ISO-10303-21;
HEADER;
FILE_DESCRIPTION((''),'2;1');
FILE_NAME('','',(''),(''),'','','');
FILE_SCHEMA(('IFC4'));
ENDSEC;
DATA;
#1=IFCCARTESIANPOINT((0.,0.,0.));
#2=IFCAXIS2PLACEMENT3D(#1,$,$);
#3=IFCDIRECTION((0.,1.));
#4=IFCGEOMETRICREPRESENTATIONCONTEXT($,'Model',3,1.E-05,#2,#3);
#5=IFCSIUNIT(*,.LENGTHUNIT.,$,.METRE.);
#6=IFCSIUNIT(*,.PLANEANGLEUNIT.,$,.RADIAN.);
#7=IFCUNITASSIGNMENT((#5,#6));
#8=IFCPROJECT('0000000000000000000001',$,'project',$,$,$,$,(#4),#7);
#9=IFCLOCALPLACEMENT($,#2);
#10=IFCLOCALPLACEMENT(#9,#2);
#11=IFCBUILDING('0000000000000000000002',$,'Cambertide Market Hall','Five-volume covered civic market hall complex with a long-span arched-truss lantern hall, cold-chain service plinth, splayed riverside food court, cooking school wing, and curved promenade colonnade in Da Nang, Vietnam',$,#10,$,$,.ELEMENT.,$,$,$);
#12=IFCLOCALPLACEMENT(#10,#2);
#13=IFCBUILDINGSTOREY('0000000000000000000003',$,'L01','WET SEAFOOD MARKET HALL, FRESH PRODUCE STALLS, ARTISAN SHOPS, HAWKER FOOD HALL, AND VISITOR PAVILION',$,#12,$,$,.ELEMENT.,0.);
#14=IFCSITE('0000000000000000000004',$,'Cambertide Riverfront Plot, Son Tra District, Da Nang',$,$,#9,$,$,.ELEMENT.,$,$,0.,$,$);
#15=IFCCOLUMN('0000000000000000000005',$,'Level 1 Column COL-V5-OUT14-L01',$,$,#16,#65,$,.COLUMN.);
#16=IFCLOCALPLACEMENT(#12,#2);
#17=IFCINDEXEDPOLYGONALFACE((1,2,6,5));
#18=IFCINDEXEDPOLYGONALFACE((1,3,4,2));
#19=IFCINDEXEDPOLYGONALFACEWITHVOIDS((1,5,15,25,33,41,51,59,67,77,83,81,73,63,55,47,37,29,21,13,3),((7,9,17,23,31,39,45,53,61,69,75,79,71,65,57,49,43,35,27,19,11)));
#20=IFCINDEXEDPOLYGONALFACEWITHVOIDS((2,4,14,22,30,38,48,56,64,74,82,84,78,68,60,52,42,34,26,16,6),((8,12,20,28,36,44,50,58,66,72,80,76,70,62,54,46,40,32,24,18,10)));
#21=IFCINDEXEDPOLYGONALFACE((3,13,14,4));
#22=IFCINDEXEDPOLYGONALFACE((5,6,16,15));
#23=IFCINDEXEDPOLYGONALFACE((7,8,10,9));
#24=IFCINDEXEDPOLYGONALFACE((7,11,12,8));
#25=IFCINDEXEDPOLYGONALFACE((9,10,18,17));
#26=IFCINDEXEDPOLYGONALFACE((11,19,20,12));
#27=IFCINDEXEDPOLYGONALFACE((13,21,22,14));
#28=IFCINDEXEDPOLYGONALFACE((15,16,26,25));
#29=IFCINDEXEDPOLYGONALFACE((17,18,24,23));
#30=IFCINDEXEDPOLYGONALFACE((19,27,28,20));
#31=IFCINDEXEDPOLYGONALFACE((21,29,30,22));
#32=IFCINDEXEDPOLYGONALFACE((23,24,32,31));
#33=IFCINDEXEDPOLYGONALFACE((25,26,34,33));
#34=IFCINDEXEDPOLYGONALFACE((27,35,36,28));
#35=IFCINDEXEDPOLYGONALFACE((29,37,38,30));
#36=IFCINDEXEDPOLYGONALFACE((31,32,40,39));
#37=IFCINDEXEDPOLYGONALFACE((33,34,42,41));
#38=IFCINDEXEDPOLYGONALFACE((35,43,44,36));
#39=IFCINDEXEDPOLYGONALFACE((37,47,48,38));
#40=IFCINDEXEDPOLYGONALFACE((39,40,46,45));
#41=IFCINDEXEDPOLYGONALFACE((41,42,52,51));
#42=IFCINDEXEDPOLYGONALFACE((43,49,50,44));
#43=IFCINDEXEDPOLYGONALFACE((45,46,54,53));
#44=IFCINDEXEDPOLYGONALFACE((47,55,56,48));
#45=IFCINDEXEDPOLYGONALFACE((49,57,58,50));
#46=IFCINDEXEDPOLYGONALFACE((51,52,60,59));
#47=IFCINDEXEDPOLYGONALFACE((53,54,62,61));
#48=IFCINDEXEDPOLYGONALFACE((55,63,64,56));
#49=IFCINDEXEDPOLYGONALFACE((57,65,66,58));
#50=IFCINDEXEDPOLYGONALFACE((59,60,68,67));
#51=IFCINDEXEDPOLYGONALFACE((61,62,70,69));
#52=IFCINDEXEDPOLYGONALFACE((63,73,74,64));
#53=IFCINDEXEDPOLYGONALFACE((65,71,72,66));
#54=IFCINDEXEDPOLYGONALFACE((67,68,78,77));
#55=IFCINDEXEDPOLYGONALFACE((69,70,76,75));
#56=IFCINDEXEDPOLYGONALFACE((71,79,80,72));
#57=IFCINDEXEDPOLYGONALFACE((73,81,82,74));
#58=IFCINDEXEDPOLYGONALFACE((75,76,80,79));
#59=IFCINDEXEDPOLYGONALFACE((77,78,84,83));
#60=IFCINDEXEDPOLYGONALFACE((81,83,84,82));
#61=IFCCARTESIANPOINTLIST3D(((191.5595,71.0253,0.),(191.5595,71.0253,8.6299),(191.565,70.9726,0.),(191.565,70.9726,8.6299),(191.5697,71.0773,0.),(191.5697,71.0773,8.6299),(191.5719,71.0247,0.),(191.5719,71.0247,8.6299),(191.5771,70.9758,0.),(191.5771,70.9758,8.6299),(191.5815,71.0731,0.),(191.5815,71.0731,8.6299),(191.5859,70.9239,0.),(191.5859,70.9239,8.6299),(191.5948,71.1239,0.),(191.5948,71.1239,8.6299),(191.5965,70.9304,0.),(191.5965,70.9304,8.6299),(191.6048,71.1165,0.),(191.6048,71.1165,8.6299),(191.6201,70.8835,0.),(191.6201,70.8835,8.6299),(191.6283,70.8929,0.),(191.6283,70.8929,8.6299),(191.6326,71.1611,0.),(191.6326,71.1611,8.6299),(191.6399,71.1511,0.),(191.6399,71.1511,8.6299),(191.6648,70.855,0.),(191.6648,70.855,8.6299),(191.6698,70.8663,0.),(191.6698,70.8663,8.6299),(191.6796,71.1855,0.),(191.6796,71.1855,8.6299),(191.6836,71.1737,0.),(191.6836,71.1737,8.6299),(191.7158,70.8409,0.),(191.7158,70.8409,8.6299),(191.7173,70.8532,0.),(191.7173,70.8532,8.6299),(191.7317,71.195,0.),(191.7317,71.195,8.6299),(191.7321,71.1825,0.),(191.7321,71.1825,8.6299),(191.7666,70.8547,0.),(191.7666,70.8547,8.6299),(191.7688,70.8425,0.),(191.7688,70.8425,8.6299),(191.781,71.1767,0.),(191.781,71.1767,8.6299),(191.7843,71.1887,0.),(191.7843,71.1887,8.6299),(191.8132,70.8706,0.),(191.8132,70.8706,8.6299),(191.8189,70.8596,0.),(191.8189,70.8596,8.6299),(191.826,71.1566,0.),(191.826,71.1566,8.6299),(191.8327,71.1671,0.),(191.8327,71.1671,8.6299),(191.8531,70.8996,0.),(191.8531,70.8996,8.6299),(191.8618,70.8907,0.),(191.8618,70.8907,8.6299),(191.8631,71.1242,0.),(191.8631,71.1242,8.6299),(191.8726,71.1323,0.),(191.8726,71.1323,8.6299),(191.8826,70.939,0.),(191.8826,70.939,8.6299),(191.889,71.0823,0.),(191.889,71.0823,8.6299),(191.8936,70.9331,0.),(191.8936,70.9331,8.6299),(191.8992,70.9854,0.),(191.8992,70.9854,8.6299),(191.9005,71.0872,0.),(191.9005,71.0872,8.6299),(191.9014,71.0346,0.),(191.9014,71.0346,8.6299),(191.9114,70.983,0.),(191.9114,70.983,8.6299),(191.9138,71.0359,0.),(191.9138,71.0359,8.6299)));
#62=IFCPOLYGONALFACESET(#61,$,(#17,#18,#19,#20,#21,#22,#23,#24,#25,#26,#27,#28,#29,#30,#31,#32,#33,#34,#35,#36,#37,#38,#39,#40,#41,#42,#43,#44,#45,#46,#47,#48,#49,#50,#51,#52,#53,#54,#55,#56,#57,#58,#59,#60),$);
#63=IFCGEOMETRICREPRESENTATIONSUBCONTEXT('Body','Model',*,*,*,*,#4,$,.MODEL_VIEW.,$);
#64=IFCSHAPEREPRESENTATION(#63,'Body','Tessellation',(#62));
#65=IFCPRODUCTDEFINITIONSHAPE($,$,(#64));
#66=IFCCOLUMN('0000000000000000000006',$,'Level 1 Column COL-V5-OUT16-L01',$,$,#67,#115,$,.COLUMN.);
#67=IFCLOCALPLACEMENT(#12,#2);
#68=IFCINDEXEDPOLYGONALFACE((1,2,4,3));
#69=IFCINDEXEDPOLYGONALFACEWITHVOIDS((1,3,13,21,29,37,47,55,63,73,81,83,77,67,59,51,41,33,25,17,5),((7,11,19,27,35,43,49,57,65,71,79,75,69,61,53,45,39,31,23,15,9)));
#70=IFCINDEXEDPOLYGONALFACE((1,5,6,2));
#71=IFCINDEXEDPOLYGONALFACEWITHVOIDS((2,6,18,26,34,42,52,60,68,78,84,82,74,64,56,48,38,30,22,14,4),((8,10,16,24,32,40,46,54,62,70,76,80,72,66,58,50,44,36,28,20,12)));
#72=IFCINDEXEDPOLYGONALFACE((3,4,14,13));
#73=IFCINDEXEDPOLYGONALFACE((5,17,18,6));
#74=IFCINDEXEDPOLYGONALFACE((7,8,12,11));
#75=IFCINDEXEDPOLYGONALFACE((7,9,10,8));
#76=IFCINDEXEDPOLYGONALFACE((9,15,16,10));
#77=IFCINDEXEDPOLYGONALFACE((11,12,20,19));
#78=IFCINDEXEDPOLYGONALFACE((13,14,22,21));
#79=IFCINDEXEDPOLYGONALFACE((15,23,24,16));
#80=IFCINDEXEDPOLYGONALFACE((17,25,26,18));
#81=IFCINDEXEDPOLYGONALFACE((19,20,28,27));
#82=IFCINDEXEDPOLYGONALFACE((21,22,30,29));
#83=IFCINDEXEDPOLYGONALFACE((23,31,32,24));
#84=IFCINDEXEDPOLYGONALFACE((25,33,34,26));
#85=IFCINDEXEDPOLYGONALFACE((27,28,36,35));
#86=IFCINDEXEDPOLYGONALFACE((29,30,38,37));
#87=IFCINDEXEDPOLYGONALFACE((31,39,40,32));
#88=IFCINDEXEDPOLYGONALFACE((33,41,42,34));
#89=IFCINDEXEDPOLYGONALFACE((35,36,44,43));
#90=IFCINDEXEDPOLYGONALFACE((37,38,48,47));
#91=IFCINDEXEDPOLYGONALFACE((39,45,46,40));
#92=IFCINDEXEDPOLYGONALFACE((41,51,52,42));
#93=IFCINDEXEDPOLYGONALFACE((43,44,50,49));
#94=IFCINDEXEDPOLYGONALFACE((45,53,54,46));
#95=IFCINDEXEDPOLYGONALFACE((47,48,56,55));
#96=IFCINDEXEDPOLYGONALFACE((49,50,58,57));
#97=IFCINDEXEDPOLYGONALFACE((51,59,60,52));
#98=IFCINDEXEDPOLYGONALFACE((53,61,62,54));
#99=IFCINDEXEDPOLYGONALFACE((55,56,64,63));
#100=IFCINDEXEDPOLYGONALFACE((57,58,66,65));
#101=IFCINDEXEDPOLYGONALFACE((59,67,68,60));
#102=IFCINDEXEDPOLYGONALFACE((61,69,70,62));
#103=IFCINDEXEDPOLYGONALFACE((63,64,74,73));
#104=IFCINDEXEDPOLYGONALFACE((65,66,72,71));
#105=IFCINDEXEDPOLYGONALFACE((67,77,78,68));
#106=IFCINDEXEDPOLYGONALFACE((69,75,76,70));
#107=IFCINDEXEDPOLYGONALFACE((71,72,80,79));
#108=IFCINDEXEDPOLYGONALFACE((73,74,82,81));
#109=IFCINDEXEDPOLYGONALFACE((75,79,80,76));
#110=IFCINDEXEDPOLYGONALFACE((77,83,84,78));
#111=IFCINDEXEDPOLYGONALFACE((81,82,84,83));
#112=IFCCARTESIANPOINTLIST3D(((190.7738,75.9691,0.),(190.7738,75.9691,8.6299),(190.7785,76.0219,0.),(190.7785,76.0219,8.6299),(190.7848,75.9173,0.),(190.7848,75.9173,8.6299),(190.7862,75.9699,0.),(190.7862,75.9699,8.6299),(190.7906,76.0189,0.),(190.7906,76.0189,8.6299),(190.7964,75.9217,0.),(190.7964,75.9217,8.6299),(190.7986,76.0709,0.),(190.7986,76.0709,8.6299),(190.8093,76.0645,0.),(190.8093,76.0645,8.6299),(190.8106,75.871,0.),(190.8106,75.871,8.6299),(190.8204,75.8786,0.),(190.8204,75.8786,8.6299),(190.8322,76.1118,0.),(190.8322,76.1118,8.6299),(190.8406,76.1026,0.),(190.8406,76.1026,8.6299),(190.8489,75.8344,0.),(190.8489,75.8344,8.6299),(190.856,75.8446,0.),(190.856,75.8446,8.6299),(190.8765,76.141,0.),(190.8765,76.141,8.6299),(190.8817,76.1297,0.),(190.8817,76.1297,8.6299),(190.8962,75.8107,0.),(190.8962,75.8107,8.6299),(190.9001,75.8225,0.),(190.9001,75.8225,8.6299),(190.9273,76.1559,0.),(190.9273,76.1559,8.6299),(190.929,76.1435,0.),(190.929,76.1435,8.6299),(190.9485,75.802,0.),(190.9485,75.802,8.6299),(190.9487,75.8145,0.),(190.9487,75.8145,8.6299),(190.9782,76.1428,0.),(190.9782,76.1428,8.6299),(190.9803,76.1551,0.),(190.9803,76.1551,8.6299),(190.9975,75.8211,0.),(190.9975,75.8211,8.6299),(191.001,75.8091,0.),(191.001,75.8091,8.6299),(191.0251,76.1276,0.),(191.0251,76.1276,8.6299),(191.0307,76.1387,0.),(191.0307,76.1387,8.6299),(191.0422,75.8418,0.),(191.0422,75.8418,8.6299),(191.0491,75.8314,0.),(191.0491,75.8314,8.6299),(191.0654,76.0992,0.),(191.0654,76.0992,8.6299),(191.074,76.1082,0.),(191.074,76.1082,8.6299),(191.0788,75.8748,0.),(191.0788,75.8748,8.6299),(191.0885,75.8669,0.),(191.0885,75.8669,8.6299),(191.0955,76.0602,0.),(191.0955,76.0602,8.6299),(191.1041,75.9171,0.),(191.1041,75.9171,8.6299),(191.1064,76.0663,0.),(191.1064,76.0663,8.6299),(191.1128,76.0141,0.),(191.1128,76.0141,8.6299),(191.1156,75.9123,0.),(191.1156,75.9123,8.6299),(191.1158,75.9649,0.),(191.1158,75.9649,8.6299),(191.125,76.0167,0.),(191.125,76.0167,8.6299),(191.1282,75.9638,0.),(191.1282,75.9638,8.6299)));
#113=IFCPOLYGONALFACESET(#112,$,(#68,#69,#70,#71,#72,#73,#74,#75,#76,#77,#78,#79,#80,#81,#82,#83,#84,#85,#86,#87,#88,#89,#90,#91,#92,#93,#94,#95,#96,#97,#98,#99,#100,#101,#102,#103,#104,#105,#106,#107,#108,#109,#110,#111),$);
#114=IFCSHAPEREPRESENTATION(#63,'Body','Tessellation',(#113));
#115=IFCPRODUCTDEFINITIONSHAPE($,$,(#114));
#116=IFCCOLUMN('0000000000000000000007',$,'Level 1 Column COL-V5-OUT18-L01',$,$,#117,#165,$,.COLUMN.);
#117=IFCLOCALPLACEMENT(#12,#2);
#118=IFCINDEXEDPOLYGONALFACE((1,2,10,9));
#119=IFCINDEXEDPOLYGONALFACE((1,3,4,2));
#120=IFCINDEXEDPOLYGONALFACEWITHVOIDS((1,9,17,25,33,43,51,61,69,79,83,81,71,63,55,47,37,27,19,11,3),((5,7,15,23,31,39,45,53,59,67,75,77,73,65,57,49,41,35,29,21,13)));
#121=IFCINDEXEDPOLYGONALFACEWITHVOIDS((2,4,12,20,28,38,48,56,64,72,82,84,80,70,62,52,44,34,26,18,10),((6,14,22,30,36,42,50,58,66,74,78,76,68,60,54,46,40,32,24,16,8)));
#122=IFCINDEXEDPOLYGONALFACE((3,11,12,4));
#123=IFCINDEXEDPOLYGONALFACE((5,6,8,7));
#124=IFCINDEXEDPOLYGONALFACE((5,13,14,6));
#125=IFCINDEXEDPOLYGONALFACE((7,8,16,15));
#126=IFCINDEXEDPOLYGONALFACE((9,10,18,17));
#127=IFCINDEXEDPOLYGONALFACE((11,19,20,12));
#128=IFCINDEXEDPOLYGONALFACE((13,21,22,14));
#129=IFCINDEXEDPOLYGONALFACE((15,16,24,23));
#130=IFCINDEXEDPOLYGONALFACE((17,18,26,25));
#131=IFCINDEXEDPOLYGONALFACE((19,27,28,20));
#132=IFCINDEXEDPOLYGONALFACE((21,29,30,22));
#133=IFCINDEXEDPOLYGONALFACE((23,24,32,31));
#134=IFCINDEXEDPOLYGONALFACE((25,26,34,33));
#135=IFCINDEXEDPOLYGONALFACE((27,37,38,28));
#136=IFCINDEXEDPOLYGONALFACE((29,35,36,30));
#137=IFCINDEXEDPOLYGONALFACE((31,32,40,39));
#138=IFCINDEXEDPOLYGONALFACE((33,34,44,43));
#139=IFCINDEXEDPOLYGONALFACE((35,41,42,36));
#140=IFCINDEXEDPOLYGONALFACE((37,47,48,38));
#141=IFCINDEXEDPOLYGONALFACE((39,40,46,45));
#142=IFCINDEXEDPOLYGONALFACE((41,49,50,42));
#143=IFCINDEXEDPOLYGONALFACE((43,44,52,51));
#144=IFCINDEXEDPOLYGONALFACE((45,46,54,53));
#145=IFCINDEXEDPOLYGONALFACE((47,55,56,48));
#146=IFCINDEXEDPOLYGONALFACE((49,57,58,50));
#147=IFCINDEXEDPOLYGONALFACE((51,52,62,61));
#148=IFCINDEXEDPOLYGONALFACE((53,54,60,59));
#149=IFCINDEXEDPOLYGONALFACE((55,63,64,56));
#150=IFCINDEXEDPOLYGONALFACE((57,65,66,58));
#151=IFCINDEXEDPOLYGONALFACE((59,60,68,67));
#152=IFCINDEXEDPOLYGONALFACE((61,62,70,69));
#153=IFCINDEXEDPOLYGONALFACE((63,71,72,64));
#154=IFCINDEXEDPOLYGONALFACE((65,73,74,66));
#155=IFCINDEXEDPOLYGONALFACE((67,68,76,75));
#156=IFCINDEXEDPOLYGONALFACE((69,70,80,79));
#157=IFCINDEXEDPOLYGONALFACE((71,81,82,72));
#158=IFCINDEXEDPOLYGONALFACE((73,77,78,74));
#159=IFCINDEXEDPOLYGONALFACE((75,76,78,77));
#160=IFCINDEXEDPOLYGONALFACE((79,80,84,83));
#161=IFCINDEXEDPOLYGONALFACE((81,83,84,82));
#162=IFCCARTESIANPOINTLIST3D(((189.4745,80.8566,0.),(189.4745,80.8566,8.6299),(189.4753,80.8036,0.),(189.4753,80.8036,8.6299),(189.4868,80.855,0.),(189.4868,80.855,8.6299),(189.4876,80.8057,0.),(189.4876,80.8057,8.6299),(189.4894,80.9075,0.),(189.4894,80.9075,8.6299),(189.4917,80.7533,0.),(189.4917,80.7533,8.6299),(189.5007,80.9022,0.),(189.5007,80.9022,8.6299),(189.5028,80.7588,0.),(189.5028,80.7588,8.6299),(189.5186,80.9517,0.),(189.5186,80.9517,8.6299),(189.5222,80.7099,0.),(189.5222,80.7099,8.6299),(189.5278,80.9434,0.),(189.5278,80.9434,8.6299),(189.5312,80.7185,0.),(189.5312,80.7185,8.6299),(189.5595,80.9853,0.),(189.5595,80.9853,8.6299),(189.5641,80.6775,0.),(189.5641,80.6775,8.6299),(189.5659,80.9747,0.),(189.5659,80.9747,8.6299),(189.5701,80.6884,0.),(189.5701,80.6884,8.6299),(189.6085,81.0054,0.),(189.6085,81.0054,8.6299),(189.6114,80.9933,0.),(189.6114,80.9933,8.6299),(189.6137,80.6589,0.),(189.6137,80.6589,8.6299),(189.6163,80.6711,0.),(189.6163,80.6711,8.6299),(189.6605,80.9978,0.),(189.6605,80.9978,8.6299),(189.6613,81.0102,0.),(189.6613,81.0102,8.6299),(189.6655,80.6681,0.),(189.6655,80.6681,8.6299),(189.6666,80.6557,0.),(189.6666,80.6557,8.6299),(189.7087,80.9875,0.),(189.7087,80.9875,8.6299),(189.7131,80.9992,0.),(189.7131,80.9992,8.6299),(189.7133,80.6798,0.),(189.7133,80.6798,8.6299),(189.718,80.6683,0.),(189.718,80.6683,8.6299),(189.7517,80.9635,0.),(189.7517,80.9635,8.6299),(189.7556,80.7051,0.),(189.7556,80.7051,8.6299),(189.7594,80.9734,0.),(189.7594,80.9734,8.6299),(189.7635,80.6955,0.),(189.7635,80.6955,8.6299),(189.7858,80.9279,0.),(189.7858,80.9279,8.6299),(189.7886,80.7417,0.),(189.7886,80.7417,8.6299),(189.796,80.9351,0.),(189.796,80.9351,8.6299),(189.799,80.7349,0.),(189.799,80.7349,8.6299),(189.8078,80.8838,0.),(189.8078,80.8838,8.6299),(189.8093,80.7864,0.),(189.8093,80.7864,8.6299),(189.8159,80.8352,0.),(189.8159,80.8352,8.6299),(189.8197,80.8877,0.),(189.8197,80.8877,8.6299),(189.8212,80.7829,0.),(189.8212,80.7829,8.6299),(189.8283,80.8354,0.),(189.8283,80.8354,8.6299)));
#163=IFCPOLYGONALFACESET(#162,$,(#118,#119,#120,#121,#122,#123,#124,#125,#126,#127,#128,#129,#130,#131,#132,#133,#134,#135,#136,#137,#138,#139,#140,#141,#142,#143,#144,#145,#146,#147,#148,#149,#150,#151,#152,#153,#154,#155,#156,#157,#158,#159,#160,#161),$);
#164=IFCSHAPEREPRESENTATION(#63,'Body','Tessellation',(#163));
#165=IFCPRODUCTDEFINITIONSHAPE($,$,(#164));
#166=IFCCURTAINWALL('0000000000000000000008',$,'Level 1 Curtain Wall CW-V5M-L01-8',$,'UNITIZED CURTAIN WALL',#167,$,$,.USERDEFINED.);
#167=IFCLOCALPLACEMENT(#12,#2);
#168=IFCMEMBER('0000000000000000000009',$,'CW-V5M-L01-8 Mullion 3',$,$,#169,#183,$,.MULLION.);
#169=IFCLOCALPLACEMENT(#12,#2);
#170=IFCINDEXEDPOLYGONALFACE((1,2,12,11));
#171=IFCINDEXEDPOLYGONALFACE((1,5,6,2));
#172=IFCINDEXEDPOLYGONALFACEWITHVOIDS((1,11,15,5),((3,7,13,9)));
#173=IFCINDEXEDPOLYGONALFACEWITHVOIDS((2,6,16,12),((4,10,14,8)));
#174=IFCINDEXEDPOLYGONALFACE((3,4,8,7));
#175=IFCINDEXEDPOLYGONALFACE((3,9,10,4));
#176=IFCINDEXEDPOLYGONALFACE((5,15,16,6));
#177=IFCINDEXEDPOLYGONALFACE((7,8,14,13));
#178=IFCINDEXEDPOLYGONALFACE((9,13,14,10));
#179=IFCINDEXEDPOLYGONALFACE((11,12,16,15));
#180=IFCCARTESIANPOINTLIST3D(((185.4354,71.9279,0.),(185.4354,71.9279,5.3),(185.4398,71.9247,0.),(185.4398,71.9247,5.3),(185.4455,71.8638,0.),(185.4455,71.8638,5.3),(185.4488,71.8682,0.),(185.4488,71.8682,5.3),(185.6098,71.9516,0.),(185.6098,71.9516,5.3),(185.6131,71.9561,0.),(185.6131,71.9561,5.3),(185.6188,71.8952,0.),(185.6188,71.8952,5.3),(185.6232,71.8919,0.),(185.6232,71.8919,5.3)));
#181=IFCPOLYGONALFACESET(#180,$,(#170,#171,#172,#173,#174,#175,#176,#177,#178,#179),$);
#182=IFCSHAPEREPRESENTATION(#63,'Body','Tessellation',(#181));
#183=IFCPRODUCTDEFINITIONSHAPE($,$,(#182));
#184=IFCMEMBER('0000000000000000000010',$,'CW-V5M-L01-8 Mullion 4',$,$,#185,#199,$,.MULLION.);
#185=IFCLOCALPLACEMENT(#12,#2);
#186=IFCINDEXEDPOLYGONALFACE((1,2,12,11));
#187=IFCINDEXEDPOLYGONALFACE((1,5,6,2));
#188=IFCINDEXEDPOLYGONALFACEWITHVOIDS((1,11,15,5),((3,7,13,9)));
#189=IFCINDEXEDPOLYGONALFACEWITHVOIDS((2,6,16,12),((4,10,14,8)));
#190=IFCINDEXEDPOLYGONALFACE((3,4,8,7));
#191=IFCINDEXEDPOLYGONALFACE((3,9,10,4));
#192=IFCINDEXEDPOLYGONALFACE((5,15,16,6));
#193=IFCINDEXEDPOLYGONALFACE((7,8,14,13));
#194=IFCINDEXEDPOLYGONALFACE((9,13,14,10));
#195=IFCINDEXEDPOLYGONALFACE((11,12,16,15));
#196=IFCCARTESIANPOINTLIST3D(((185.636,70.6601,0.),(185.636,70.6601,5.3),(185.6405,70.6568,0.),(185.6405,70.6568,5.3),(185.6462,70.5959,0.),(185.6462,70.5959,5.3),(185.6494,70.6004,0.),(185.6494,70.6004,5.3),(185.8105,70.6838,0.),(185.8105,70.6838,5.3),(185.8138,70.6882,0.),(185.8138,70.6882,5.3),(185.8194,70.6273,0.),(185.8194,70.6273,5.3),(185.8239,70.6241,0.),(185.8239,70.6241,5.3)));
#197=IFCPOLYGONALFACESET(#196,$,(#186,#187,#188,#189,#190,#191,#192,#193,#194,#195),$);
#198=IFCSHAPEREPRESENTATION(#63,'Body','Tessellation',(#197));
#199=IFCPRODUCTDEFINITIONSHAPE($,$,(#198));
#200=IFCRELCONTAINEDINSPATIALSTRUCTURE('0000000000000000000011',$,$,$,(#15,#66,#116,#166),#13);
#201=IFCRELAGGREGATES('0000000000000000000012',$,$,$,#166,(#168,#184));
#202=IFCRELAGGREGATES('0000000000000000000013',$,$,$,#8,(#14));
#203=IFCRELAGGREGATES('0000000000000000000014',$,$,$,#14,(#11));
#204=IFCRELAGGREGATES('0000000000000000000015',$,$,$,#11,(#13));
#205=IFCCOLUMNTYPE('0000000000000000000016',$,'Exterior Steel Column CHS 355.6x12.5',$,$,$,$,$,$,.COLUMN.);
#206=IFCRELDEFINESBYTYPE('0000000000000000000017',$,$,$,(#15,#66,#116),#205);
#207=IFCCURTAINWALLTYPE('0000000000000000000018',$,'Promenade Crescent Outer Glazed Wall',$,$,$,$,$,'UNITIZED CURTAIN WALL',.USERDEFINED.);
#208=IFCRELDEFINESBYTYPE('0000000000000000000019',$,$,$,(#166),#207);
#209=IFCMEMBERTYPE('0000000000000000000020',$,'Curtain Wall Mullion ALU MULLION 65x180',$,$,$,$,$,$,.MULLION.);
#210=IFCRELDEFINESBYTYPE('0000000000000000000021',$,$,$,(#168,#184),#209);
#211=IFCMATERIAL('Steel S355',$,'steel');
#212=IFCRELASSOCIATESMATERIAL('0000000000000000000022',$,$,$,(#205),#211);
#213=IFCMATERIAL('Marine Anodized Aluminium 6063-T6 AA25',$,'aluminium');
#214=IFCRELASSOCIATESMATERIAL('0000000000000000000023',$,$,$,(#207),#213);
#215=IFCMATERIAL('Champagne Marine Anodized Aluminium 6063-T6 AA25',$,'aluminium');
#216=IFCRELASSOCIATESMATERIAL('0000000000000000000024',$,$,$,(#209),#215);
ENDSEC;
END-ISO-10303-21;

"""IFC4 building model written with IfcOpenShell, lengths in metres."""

from ifc_helpers import new_model, si_unit, direction, frame, origin, origin_2d, place, context, subcontext, project, spatial, hollow_rectangle, hollow_circle, extrude, material, material_profile, profile_set, type_object, element, aggregate, save


model = new_model("IFC4")

# Units and contexts
model_context = context("Model", 3, precision=1e-05, world=origin(), true_north=direction((0.0, 1.0)))
body_context = subcontext(model_context, "Body", "Model", "MODEL_VIEW")
ifc_project = project(units=[si_unit("LENGTHUNIT", "METRE"), si_unit("PLANEANGLEUNIT", "RADIAN")], contexts=[model_context])

# Site, building, storey
site_placement = place(None, origin())
site = spatial("IfcSite", under=ifc_project, at=site_placement, Name="Cambertide Riverfront Plot, Son Tra District, Da Nang", CompositionType="ELEMENT", RefElevation=0.0)
building_placement = place(site_placement, origin())
building = spatial("IfcBuilding", under=site, at=building_placement, Name="Cambertide Market Hall", Description="Five-volume covered civic market hall complex with a long-span arched-truss lantern hall, cold-chain service plinth, splayed riverside food court, cooking school wing, and curved promenade colonnade in Da Nang, Vietnam", CompositionType="ELEMENT")
storey_placement = place(building_placement, origin())
storey = spatial("IfcBuildingStorey", under=building, at=storey_placement, Name="L01", Description="WET SEAFOOD MARKET HALL, FRESH PRODUCE STALLS, ARTISAN SHOPS, HAWKER FOOD HALL, AND VISITOR PAVILION", CompositionType="ELEMENT", Elevation=0.0)

# Columns
ifc_material_1 = material(Name="Steel S355", Category="steel")
ifc_material_profile_1 = material_profile(ifc_material_1, hollow_circle(Radius=0.1777, WallThickness=0.0125, at=origin_2d()), Name="CHS 355.6x12.5")
ifc_profile_set_1 = profile_set([ifc_material_profile_1], Name="Steel S355")
column_type = type_object("IfcColumnType", Name="Exterior Steel Column CHS 355.6x12.5", PredefinedType="COLUMN", material=ifc_profile_set_1)
for number, where, z_axis, x_axis, name in (
    (1, (191.7371, 71.0173, 0.0), (0.0, 0.0, 1.0), (0.994522, 0.104528, 0.0), "Level 1 Column COL-V5-OUT14-L01"),
    (2, (190.9512, 75.9797, 0.0), (0.0, 0.0, 1.0), (0.978148, 0.207912, 0.0), "Level 1 Column COL-V5-OUT16-L01"),
    (3, (189.6506, 80.8328, 0.0), (0.0, 0.0, 1.0), (0.951057, 0.309017, 0.0), "Level 1 Column COL-V5-OUT18-L01"),
):
    element("IfcColumn", number, at=place(storey_placement, frame(where, z_axis=z_axis, x_axis=x_axis)), inside=storey, type_object=column_type, Name=name, PredefinedType="COLUMN", context=body_context, shape_type="SweptSolid", body=[
        extrude(hollow_circle(Radius=0.1777, WallThickness=0.0125, at=origin_2d()), origin(), (0.0, 0.0, 1.0), 8.6299),
    ])

# Curtain wall, members
ifc_material_2 = material(Name="Marine Anodized Aluminium 6063-T6 AA25", Category="aluminium")
curtain_wall_type = type_object("IfcCurtainWallType", Name="Promenade Crescent Outer Glazed Wall", ElementType="UNITIZED CURTAIN WALL", PredefinedType="USERDEFINED", material=ifc_material_2)
curtain_wall_placement = place(storey_placement, origin())
curtain_wall = element("IfcCurtainWall", 4, at=curtain_wall_placement, inside=storey, type_object=curtain_wall_type, Name="Level 1 Curtain Wall CW-V5M-L01-8", ObjectType="UNITIZED CURTAIN WALL", PredefinedType="USERDEFINED")
ifc_material_3 = material(Name="Champagne Marine Anodized Aluminium 6063-T6 AA25", Category="aluminium")
ifc_material_profile_2 = material_profile(ifc_material_3, hollow_rectangle(XDim=0.0649, YDim=0.1799, WallThickness=0.0039, at=origin_2d()), Name="ALU MULLION 65x180")
ifc_profile_set_2 = profile_set([ifc_material_profile_2], Name="Champagne Marine Anodized Aluminium 6063-T6 AA25")
member_type_1 = type_object("IfcMemberType", Name="Curtain Wall Mullion ALU MULLION 65x180", PredefinedType="MULLION", material=ifc_profile_set_2)
member_1_placement = place(storey_placement, frame((185.5293, 71.9099, 0.0), z_axis=(0.0, 0.0, 1.0), x_axis=(0.156435, -0.987688, 0.0)))
member_1 = element("IfcMember", 5, at=member_1_placement, type_object=member_type_1, Name="CW-V5M-L01-8 Mullion 3", PredefinedType="MULLION", context=body_context, shape_type="SweptSolid", body=[
    extrude(hollow_rectangle(XDim=0.0649, YDim=0.1799, WallThickness=0.0039, at=origin_2d()), origin(), (0.0, 0.0, 1.0), 5.3),
])
member_2_placement = place(storey_placement, frame((185.73, 70.6421, 0.0), z_axis=(0.0, 0.0, 1.0), x_axis=(0.156435, -0.987688, 0.0)))
member_2 = element("IfcMember", 6, at=member_2_placement, type_object=member_type_1, Name="CW-V5M-L01-8 Mullion 4", PredefinedType="MULLION", context=body_context, shape_type="SweptSolid", body=[
    extrude(hollow_rectangle(XDim=0.0649, YDim=0.1799, WallThickness=0.0039, at=origin_2d()), origin(), (0.0, 0.0, 1.0), 5.3),
])

aggregate(curtain_wall, [member_1, member_2])

save(model, "model.ifc")
